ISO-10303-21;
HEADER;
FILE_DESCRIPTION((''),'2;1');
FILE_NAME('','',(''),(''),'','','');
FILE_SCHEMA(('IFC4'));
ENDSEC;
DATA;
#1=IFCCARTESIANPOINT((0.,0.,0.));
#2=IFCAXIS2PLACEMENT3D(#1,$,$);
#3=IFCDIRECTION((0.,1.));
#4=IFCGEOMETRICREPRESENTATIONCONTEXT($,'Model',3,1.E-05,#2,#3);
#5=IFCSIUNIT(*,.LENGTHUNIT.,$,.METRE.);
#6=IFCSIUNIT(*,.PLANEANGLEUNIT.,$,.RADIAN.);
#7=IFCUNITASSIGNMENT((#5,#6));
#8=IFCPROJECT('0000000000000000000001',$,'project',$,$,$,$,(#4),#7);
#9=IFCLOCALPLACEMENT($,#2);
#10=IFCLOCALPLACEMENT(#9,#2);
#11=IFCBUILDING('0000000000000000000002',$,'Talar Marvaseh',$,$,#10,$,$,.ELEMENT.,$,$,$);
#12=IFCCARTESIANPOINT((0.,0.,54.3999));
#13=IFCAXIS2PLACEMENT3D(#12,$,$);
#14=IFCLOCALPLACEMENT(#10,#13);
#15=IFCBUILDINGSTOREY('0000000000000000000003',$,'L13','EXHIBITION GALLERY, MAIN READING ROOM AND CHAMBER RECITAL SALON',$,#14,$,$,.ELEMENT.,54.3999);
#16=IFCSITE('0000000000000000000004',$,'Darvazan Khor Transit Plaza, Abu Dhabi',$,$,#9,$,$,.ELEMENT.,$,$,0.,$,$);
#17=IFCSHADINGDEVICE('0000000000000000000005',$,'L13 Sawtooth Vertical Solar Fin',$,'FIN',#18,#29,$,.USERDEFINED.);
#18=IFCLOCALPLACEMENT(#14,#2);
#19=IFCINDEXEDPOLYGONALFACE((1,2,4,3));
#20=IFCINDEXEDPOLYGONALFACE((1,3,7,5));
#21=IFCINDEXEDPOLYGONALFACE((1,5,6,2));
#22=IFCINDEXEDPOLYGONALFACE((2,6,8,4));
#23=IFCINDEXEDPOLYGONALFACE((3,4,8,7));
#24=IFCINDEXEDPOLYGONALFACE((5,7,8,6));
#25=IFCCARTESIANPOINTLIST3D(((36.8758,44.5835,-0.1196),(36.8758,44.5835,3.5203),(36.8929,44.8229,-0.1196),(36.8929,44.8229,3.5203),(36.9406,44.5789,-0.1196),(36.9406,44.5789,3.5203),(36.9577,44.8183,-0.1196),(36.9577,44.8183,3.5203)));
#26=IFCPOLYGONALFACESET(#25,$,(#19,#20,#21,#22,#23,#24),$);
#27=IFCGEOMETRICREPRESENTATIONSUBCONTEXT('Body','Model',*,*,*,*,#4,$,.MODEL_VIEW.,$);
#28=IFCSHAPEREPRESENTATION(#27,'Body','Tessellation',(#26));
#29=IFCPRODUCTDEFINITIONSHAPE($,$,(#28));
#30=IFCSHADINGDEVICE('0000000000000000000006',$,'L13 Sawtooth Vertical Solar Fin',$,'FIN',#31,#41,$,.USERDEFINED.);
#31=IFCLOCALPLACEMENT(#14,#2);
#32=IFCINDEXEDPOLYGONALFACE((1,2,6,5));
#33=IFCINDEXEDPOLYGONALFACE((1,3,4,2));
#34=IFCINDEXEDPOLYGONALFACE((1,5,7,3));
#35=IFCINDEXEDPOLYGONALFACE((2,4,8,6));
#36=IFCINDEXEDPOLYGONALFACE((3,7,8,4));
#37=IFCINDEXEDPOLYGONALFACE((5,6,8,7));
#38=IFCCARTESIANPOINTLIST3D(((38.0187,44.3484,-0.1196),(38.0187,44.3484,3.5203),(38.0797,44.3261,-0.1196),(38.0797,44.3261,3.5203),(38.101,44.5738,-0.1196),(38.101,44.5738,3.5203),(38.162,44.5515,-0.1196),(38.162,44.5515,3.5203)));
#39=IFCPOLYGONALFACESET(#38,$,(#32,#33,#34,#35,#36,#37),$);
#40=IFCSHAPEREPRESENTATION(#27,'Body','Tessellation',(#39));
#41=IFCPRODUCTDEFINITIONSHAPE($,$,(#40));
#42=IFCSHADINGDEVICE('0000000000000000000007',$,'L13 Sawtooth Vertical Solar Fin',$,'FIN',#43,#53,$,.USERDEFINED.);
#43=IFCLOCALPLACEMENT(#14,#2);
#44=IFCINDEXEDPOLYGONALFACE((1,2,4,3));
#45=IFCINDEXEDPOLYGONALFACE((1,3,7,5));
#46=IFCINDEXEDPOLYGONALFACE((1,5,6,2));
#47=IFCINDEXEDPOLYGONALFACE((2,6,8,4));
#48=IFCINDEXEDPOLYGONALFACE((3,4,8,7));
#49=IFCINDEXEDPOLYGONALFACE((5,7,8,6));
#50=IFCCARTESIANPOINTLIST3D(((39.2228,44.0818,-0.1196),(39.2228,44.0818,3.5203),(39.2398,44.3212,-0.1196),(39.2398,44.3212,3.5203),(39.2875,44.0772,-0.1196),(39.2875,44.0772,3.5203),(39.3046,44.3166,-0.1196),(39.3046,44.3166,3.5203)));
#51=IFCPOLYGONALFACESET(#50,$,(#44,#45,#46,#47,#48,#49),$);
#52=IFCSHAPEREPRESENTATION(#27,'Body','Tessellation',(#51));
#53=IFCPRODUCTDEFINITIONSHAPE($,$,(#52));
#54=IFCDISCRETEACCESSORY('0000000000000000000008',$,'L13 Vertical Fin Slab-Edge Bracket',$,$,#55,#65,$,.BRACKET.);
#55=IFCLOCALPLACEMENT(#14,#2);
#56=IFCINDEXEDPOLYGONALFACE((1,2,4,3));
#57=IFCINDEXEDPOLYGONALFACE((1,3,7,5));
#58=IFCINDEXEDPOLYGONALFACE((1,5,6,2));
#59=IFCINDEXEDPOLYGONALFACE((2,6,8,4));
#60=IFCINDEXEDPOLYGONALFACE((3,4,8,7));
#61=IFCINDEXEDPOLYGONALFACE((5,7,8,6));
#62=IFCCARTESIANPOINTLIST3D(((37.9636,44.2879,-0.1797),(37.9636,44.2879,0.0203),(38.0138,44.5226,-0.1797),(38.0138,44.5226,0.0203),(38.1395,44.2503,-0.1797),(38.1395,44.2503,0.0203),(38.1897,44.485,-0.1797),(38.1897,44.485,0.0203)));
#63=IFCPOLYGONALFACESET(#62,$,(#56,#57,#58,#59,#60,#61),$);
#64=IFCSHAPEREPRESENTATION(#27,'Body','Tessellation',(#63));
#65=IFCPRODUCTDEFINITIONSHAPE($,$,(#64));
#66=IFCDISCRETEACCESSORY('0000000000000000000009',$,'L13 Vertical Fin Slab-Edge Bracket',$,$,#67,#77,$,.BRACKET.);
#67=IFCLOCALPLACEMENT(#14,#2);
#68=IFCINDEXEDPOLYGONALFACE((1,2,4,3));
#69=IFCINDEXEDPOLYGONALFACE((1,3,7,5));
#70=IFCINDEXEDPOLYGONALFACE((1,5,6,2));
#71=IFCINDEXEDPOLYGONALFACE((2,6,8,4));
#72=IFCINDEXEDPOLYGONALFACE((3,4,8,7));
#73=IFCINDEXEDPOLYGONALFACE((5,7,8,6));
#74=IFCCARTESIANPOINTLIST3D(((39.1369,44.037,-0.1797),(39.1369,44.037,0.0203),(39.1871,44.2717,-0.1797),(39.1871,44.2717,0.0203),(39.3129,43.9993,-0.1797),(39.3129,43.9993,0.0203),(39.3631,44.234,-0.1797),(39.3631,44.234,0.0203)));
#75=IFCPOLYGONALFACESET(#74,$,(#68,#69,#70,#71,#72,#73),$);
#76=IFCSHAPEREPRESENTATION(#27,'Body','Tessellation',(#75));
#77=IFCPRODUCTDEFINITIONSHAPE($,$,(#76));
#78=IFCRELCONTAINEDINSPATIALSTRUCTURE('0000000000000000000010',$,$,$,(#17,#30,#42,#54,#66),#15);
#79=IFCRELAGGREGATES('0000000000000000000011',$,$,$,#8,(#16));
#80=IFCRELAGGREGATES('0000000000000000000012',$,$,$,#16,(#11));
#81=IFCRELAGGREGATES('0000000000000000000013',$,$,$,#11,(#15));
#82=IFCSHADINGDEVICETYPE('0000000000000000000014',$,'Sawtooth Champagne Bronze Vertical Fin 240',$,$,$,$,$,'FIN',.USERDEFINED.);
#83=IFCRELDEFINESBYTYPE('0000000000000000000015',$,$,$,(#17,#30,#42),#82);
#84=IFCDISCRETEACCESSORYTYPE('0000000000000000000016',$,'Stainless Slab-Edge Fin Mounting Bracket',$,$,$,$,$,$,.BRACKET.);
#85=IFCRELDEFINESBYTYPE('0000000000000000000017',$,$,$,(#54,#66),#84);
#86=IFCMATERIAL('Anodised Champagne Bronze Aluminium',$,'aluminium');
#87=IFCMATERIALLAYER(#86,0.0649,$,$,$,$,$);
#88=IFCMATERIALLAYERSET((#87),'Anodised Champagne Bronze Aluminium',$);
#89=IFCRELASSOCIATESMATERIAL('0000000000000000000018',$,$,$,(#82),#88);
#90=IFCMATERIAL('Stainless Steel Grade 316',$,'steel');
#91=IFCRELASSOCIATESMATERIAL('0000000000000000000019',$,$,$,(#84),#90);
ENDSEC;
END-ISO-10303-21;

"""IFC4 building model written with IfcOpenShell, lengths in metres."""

from ifc_helpers import new_model, si_unit, direction, frame, origin, origin_2d, place, context, subcontext, project, spatial, rectangle, extrude, source, transform, mapped, material, layer, layer_set, type_object, type_shapes, element, save


model = new_model("IFC4")

# Units and contexts
model_context = context("Model", 3, precision=1e-05, world=origin(), true_north=direction((0.0, 1.0)))
body_context = subcontext(model_context, "Body", "Model", "MODEL_VIEW")
ifc_project = project(units=[si_unit("LENGTHUNIT", "METRE"), si_unit("PLANEANGLEUNIT", "RADIAN")], contexts=[model_context])

# Site, building, storey
site_placement = place(None, origin())
site = spatial("IfcSite", under=ifc_project, at=site_placement, Name="Darvazan Khor Transit Plaza, Abu Dhabi", CompositionType="ELEMENT", RefElevation=0.0)
building_placement = place(site_placement, origin())
building = spatial("IfcBuilding", under=site, at=building_placement, Name="Talar Marvaseh", CompositionType="ELEMENT")
storey_placement = place(building_placement, frame((0.0, 0.0, 54.3999)))
storey = spatial("IfcBuildingStorey", under=building, at=storey_placement, Name="L13", Description="EXHIBITION GALLERY, MAIN READING ROOM AND CHAMBER RECITAL SALON", CompositionType="ELEMENT", Elevation=54.3999)

# Shading devices
ifc_material_1 = material(Name="Anodised Champagne Bronze Aluminium", Category="aluminium")
ifc_layer_1 = layer(ifc_material_1, 0.0649)
ifc_layer_set_1 = layer_set([ifc_layer_1], Name="Anodised Champagne Bronze Aluminium")
shading_device_type = type_object("IfcShadingDeviceType", Name="Sawtooth Champagne Bronze Vertical Fin 240", ElementType="FIN", PredefinedType="USERDEFINED", material=ifc_layer_set_1)
shared_shape_1 = source(origin(), body_context, "Body", "SweptSolid", [
    extrude(rectangle(XDim=0.24, YDim=0.0649, at=origin_2d()), origin(), (0.0, 0.0, 1.0), 3.6399),
])
type_shapes(shading_device_type, [shared_shape_1])
for number, where, z_axis, x_axis, name in (
    (1, (36.9167, 44.7009, -0.1196), (0.0, 0.0, 1.0), (0.070975, 0.997478, 0.0), "L13 Sawtooth Vertical Solar Fin"),
    (2, (38.0903, 44.45, -0.1196), (0.0, 0.0, 1.0), (0.343168, 0.939274, 0.0), "L13 Sawtooth Vertical Solar Fin"),
    (3, (39.2637, 44.1992, -0.1196), (0.0, 0.0, 1.0), (0.070975, 0.997478, 0.0), "L13 Sawtooth Vertical Solar Fin"),
):
    element("IfcShadingDevice", number, at=place(storey_placement, frame(where, z_axis=z_axis, x_axis=x_axis)), inside=storey, type_object=shading_device_type, Name=name, ObjectType="FIN", PredefinedType="USERDEFINED", context=body_context, shape_type="MappedRepresentation", body=[
        mapped(shared_shape_1, transform((0.0, 0.0, 0.0), x_axis=(1.0, 0.0, 0.0), y_axis=(0.0, 1.0, 0.0), z_axis=(0.0, 0.0, 1.0), scale=1.0)),
    ])

# Discrete accessories
ifc_material_2 = material(Name="Stainless Steel Grade 316", Category="steel")
discrete_accessory_type = type_object("IfcDiscreteAccessoryType", Name="Stainless Slab-Edge Fin Mounting Bracket", PredefinedType="BRACKET", material=ifc_material_2)
shared_shape_2 = source(origin(), body_context, "Body", "SweptSolid", [
    extrude(rectangle(XDim=0.24, YDim=0.1799, at=origin_2d()), origin(), (0.0, 0.0, 1.0), 0.2),
])
type_shapes(discrete_accessory_type, [shared_shape_2])
for number, where, z_axis, x_axis, name in (
    (4, (38.0767, 44.3865, -0.1797), (0.0, 0.0, 1.0), (0.209107, 0.977893, 0.0), "L13 Vertical Fin Slab-Edge Bracket"),
    (5, (39.25, 44.1355, -0.1797), (0.0, 0.0, 1.0), (0.209107, 0.977893, 0.0), "L13 Vertical Fin Slab-Edge Bracket"),
):
    element("IfcDiscreteAccessory", number, at=place(storey_placement, frame(where, z_axis=z_axis, x_axis=x_axis)), inside=storey, type_object=discrete_accessory_type, Name=name, PredefinedType="BRACKET", context=body_context, shape_type="MappedRepresentation", body=[
        mapped(shared_shape_2, transform((0.0, 0.0, 0.0), x_axis=(1.0, 0.0, 0.0), y_axis=(0.0, 1.0, 0.0), z_axis=(0.0, 0.0, 1.0), scale=1.0)),
    ])

save(model, "model.ifc")
